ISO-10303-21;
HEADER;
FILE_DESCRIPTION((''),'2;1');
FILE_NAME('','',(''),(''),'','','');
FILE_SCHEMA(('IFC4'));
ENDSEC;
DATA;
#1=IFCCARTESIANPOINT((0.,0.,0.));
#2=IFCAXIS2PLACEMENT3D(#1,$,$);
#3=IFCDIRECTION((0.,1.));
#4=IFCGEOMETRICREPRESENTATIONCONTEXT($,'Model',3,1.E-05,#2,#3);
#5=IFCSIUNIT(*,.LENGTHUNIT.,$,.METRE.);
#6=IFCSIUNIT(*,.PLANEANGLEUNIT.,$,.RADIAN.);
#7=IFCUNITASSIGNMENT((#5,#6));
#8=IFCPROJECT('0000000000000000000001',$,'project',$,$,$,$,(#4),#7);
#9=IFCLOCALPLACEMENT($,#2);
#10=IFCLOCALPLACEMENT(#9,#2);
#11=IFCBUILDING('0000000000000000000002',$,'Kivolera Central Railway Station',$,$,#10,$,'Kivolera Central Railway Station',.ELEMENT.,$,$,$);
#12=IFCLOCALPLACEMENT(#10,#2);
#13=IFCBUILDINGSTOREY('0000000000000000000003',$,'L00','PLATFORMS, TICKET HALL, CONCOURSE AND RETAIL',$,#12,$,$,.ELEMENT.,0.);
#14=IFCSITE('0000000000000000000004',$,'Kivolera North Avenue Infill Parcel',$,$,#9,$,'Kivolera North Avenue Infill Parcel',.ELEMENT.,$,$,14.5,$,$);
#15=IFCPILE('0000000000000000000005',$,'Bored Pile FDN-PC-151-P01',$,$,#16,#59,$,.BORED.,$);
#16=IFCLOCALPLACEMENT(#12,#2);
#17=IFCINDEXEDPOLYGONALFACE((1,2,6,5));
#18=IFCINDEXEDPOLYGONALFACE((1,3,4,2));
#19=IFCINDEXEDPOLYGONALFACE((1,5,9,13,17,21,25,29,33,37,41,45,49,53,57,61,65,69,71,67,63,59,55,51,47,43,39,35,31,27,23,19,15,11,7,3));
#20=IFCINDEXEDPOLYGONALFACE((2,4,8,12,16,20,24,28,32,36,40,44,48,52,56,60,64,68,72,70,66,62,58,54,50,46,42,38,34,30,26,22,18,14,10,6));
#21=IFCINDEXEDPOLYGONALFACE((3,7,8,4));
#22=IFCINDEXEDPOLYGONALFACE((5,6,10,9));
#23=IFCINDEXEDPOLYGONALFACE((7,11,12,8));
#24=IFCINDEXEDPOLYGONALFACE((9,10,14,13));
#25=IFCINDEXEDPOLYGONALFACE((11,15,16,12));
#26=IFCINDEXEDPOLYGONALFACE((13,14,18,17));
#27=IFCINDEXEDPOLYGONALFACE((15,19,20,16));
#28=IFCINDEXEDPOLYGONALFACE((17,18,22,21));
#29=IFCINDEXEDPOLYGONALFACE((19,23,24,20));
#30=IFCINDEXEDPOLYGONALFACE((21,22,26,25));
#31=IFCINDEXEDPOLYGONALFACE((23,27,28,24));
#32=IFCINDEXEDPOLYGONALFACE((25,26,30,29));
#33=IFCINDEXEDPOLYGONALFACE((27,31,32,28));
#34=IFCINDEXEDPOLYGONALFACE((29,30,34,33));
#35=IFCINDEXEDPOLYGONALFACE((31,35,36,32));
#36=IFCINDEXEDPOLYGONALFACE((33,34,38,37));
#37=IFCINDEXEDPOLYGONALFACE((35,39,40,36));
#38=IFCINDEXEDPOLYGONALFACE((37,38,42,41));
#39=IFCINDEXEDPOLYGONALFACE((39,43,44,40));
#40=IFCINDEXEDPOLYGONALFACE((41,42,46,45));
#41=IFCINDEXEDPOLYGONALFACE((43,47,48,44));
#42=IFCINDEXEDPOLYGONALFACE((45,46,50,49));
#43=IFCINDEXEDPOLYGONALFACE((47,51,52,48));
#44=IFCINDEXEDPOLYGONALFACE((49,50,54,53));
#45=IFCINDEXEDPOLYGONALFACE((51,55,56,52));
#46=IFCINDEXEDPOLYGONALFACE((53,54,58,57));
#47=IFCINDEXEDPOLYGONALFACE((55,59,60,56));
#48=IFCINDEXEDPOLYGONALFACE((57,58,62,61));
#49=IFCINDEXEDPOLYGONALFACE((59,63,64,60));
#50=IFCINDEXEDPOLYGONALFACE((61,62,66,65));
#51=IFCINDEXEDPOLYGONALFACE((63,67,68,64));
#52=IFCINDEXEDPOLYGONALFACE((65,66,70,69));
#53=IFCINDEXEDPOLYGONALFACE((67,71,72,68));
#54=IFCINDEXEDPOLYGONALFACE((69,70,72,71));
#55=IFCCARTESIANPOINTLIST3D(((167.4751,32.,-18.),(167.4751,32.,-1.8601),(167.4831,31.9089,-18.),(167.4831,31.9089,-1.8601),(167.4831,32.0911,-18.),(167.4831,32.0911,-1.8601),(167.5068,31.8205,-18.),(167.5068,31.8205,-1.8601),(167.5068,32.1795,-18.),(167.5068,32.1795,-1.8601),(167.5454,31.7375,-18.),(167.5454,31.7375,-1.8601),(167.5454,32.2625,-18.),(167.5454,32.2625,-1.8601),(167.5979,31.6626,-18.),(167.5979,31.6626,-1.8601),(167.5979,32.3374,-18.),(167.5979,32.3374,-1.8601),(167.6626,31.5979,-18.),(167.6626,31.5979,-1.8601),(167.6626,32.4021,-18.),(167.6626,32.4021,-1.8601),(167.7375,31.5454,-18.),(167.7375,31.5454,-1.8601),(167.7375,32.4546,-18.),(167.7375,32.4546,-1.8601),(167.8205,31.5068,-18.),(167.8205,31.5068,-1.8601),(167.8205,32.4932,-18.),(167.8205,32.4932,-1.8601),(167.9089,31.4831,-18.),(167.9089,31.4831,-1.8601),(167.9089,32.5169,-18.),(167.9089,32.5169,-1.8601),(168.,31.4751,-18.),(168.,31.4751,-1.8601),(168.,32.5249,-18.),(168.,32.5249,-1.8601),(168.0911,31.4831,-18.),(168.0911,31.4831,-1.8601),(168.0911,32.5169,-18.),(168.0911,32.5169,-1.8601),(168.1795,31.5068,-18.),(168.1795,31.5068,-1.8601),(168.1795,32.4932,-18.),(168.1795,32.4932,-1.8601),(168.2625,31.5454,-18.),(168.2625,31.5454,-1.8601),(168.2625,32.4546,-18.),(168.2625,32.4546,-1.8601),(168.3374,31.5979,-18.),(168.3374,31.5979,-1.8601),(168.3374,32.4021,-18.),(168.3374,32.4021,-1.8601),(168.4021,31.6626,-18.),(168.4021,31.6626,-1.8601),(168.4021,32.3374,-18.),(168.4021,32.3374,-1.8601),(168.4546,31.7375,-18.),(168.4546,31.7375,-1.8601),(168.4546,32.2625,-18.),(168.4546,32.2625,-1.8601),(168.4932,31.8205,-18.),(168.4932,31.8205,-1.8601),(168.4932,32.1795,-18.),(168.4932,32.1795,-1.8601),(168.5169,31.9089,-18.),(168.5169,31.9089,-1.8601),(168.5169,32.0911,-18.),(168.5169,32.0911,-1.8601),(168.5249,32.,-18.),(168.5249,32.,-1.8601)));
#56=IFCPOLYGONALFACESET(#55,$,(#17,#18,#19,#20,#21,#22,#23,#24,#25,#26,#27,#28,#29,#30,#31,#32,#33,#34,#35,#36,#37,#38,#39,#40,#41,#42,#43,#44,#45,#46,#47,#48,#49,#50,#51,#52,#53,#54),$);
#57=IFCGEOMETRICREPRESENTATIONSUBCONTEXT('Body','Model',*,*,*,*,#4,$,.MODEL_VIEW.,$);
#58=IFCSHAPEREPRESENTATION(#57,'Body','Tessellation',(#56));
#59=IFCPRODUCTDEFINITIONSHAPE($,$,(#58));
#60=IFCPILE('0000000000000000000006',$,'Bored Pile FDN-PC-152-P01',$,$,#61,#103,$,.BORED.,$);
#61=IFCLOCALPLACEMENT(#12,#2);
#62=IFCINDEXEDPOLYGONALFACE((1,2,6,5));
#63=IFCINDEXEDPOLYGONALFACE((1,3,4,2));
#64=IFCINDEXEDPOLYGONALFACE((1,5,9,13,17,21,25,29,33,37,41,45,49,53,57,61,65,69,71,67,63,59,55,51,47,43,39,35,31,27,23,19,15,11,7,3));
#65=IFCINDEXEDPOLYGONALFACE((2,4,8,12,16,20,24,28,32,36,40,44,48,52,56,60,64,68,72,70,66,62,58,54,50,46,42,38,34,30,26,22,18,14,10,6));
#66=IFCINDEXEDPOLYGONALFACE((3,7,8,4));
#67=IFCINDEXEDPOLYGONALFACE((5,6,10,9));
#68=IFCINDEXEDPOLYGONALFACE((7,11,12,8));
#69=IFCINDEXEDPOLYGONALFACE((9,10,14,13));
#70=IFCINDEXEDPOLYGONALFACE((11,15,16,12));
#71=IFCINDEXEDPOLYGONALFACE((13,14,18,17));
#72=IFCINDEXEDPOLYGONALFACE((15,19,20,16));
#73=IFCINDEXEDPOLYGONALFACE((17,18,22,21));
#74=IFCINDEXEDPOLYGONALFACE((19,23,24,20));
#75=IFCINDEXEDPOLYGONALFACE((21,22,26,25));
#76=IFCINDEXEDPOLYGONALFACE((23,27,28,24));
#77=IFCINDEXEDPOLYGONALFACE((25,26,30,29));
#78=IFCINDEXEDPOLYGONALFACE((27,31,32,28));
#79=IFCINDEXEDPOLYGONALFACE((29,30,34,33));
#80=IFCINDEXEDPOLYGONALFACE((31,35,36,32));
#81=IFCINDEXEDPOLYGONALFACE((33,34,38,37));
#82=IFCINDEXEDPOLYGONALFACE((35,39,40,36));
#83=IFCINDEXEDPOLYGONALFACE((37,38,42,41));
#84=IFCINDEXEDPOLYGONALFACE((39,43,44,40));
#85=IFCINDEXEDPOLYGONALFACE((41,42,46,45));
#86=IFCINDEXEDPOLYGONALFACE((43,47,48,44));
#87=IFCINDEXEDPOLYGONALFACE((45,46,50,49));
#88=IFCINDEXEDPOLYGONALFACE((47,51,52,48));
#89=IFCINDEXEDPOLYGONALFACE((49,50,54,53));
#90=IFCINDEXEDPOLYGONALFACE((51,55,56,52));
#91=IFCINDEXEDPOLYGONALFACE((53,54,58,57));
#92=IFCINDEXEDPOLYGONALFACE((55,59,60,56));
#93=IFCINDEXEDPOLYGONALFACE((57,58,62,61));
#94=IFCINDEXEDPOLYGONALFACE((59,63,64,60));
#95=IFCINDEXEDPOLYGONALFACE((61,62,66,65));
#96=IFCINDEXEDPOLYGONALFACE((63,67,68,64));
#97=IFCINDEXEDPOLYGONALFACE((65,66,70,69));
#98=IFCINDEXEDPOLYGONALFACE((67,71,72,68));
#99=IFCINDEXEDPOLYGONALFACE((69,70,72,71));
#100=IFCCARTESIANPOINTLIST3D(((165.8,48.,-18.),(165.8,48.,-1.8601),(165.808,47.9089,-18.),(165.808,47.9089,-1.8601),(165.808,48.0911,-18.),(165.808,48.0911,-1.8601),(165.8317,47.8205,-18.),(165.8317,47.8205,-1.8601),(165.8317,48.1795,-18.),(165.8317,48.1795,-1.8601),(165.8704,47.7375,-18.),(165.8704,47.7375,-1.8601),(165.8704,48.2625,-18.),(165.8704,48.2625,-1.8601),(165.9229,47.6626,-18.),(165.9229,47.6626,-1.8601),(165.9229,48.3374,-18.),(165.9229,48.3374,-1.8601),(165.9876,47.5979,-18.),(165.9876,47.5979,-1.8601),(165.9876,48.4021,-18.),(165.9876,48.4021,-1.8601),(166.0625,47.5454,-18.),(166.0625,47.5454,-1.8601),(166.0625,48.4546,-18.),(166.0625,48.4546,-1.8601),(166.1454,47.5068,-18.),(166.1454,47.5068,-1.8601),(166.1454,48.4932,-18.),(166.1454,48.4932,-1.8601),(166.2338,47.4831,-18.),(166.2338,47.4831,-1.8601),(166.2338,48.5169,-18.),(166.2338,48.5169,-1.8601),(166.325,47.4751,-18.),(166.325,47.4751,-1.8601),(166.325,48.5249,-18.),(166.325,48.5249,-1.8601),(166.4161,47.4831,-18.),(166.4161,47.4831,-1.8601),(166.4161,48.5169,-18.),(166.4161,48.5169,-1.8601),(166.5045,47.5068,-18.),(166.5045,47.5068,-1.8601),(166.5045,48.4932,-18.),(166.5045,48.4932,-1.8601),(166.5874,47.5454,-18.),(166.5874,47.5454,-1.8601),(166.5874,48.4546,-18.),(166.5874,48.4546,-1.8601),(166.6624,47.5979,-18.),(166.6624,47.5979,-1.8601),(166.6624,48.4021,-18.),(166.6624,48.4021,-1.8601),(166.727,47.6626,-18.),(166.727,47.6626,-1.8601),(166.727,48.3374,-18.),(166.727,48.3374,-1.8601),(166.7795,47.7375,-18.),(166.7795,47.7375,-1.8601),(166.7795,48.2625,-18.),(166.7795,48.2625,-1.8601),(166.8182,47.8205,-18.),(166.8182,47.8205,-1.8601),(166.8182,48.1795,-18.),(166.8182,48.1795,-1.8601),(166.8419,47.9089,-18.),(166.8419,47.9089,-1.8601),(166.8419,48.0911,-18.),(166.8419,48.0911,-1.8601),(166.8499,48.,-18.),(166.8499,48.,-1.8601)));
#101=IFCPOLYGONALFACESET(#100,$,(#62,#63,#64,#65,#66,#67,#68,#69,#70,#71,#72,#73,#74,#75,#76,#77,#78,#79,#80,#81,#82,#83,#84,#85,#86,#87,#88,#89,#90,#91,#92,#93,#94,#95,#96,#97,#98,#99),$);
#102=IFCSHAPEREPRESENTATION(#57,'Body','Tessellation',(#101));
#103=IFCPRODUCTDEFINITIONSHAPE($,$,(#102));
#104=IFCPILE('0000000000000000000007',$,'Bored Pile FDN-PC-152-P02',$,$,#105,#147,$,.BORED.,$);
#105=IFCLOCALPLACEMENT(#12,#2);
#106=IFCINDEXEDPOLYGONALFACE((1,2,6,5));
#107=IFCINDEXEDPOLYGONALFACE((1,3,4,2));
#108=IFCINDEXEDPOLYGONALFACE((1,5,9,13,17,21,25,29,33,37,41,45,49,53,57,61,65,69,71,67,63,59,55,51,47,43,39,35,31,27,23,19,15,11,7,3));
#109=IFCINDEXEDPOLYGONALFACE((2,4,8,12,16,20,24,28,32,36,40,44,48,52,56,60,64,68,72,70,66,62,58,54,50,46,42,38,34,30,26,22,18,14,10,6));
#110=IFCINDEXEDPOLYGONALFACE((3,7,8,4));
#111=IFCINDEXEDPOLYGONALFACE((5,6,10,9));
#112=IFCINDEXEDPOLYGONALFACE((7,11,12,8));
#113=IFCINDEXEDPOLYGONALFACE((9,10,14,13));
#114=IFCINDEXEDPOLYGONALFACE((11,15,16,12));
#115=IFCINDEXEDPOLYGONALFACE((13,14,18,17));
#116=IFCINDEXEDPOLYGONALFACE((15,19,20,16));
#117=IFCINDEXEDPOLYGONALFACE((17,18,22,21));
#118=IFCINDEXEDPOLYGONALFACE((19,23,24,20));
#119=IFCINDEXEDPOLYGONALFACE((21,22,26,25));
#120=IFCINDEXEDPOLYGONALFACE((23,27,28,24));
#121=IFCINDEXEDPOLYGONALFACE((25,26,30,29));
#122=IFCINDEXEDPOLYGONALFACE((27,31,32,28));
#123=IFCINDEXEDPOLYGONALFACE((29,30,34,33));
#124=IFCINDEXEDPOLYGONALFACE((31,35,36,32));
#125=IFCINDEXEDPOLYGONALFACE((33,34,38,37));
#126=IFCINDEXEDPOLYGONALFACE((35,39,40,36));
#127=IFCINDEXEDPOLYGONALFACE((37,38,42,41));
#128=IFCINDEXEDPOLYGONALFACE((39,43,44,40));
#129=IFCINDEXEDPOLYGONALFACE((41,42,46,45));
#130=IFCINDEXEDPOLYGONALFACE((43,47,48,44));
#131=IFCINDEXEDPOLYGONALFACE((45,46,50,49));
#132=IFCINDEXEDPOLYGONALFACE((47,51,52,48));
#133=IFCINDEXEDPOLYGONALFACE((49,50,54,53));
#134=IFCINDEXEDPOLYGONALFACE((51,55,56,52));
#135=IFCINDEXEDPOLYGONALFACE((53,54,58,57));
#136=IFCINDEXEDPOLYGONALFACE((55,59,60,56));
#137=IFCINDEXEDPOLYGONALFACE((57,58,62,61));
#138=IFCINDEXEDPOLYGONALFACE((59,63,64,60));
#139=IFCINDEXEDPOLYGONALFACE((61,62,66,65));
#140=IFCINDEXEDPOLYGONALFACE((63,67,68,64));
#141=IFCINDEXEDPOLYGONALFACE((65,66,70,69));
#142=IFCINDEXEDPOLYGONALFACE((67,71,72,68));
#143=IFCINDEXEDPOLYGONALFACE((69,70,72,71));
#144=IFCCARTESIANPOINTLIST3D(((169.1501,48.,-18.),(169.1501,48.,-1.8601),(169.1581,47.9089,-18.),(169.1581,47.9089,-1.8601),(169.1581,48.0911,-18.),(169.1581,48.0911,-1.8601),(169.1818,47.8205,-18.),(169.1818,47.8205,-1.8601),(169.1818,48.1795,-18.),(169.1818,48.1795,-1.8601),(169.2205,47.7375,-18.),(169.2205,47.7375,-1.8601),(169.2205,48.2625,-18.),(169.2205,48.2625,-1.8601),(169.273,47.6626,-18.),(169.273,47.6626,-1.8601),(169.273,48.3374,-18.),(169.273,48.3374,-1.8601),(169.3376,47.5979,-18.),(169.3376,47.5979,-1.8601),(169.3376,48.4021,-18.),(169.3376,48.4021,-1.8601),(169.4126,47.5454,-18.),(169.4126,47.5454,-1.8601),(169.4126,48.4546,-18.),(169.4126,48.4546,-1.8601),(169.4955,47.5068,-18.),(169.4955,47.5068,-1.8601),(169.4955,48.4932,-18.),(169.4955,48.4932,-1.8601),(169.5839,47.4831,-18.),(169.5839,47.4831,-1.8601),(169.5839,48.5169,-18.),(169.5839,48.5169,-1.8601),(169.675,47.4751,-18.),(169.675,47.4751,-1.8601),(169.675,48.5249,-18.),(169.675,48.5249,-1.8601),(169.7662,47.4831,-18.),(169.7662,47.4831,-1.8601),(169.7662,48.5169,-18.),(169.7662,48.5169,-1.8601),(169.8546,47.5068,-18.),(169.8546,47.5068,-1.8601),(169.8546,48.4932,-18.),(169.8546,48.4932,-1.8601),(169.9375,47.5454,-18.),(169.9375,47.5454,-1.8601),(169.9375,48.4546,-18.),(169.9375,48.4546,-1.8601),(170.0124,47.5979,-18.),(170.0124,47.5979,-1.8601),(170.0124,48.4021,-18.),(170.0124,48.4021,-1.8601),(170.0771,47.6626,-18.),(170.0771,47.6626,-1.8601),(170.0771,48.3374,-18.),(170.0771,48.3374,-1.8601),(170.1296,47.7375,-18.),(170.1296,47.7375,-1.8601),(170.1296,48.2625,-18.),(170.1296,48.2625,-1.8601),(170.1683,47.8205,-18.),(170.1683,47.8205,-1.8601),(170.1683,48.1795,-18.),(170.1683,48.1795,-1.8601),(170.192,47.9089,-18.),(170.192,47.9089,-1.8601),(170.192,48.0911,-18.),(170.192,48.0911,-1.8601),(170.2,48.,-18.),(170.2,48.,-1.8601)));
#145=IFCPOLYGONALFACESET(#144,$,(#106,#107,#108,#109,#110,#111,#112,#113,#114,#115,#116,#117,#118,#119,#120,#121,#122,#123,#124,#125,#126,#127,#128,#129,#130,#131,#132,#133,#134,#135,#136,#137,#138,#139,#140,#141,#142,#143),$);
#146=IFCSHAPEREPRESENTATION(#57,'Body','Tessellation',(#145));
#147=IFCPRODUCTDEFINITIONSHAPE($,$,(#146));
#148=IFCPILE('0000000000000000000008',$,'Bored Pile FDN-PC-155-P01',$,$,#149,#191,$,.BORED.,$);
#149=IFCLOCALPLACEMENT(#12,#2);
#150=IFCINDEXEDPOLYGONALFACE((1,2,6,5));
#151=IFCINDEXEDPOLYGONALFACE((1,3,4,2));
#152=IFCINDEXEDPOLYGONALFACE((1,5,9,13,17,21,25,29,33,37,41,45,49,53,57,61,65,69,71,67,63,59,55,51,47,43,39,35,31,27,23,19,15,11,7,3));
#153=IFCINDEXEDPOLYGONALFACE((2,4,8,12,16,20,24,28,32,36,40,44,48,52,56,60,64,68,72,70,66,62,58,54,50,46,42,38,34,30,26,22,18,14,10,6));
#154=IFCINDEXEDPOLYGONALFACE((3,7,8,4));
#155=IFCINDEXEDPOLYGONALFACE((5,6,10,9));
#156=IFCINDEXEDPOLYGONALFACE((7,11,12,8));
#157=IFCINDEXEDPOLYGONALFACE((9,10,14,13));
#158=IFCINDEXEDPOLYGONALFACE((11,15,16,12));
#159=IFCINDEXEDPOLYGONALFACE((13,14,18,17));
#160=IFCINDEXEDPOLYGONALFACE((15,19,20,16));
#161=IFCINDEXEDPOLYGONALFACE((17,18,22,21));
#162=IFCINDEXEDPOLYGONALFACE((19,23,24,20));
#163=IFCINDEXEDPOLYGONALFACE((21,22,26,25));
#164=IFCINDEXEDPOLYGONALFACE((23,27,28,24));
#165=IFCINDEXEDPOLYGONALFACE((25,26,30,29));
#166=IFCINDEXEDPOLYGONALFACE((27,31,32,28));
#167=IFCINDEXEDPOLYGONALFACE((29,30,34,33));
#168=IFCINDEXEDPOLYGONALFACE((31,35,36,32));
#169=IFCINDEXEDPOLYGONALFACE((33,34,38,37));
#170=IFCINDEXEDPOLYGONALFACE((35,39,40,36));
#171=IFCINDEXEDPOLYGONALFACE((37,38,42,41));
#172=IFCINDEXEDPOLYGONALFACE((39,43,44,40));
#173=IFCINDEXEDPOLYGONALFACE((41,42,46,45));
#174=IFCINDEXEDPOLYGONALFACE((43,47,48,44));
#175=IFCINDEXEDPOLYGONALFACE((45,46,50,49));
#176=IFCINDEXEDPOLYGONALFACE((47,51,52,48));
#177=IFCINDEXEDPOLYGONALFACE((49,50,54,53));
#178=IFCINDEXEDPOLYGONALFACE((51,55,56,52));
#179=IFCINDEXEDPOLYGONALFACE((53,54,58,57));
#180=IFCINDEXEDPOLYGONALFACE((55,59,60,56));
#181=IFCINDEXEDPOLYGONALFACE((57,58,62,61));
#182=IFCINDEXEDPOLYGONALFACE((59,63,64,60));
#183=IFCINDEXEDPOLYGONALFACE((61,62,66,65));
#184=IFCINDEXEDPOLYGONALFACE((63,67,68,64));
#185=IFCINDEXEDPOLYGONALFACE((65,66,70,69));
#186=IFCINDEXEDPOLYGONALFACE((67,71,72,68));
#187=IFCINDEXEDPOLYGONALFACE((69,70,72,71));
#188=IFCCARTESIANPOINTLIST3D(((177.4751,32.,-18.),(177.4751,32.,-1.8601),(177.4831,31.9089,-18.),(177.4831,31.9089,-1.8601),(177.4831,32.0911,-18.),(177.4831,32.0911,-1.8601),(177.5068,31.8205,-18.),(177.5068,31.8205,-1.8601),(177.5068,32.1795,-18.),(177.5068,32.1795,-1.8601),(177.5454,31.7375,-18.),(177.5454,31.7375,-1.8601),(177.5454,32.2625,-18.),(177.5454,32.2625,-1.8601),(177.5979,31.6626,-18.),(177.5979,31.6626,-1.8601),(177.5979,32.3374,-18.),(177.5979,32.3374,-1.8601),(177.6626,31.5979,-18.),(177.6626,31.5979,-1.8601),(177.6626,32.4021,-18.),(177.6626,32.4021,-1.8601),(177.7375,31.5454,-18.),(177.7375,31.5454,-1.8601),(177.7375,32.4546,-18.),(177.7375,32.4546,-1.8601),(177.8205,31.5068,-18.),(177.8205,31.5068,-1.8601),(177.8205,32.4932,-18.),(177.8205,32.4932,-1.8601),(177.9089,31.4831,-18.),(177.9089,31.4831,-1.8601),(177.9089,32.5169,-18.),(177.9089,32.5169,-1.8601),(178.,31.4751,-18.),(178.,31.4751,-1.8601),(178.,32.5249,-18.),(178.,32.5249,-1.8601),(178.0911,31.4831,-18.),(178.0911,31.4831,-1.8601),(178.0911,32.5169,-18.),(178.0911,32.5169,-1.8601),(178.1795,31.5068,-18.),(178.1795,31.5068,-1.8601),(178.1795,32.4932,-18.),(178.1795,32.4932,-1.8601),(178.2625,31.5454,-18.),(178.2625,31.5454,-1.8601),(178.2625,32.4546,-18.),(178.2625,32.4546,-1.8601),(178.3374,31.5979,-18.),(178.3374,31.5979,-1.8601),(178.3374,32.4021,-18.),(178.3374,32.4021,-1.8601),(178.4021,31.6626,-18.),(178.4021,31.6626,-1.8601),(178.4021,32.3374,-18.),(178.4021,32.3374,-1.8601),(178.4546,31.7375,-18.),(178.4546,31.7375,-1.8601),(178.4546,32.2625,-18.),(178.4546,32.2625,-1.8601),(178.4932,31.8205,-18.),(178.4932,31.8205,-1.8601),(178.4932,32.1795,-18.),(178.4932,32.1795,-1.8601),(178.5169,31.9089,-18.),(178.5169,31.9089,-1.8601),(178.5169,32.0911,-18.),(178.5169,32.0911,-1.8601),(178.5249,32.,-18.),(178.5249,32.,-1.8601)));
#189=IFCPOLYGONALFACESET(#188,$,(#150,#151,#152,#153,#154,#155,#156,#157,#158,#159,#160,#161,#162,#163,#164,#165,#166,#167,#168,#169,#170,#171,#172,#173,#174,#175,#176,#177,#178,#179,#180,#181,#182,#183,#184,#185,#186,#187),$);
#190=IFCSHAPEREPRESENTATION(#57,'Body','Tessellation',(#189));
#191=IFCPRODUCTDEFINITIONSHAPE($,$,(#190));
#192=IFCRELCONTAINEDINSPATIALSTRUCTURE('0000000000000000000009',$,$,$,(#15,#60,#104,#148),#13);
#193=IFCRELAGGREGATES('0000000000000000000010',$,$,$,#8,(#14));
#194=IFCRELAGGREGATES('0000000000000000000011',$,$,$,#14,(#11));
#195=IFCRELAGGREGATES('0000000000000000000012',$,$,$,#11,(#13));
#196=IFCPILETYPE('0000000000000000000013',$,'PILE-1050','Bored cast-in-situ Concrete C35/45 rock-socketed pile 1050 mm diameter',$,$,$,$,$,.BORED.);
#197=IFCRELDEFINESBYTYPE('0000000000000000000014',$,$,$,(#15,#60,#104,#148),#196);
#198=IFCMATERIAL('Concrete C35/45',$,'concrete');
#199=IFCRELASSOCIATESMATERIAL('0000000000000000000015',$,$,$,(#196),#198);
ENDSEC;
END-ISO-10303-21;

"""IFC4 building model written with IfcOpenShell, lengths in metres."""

from ifc_helpers import new_model, si_unit, direction, frame, origin, origin_2d, place, context, subcontext, project, spatial, circle, extrude, material, material_profile, profile_set, type_object, element, save


model = new_model("IFC4")

# Units and contexts
model_context = context("Model", 3, precision=1e-05, world=origin(), true_north=direction((0.0, 1.0)))
body_context = subcontext(model_context, "Body", "Model", "MODEL_VIEW")
ifc_project = project(units=[si_unit("LENGTHUNIT", "METRE"), si_unit("PLANEANGLEUNIT", "RADIAN")], contexts=[model_context])

# Site, building, storey
site_placement = place(None, origin())
site = spatial("IfcSite", under=ifc_project, at=site_placement, Name="Kivolera North Avenue Infill Parcel", LongName="Kivolera North Avenue Infill Parcel", CompositionType="ELEMENT", RefElevation=14.5)
building_placement = place(site_placement, origin())
building = spatial("IfcBuilding", under=site, at=building_placement, Name="Kivolera Central Railway Station", LongName="Kivolera Central Railway Station", CompositionType="ELEMENT")
storey_placement = place(building_placement, origin())
storey = spatial("IfcBuildingStorey", under=building, at=storey_placement, Name="L00", Description="PLATFORMS, TICKET HALL, CONCOURSE AND RETAIL", CompositionType="ELEMENT", Elevation=0.0)

# Shared definitions
ifc_material_1 = material(Name="Concrete C35/45", Category="concrete")

# Piles
ifc_material_profile_1 = material_profile(ifc_material_1, circle(Radius=0.5249, at=origin_2d()), Name="PILE D1050")
ifc_profile_set_1 = profile_set([ifc_material_profile_1], Name="Concrete C35/45")
pile_type = type_object("IfcPileType", Name="PILE-1050", Description="Bored cast-in-situ Concrete C35/45 rock-socketed pile 1050 mm diameter", PredefinedType="BORED", material=ifc_profile_set_1)
for number, where, z_axis, x_axis, name in (
    (1, (168.0, 32.0, -1.8601), (0.0, 0.0, -1.0), (1.0, 0.0, 0.0), "Bored Pile FDN-PC-151-P01"),
    (2, (166.325, 48.0, -1.8601), (0.0, 0.0, -1.0), (1.0, 0.0, 0.0), "Bored Pile FDN-PC-152-P01"),
    (3, (169.675, 48.0, -1.8601), (0.0, 0.0, -1.0), (1.0, 0.0, 0.0), "Bored Pile FDN-PC-152-P02"),
    (4, (178.0, 32.0, -1.8601), (0.0, 0.0, -1.0), (1.0, 0.0, 0.0), "Bored Pile FDN-PC-155-P01"),
):
    element("IfcPile", number, at=place(storey_placement, frame(where, z_axis=z_axis, x_axis=x_axis)), inside=storey, type_object=pile_type, Name=name, PredefinedType="BORED", context=body_context, shape_type="SweptSolid", body=[
        extrude(circle(Radius=0.5249, at=origin_2d()), origin(), (0.0, 0.0, 1.0), 16.1399),
    ])

save(model, "model.ifc")
